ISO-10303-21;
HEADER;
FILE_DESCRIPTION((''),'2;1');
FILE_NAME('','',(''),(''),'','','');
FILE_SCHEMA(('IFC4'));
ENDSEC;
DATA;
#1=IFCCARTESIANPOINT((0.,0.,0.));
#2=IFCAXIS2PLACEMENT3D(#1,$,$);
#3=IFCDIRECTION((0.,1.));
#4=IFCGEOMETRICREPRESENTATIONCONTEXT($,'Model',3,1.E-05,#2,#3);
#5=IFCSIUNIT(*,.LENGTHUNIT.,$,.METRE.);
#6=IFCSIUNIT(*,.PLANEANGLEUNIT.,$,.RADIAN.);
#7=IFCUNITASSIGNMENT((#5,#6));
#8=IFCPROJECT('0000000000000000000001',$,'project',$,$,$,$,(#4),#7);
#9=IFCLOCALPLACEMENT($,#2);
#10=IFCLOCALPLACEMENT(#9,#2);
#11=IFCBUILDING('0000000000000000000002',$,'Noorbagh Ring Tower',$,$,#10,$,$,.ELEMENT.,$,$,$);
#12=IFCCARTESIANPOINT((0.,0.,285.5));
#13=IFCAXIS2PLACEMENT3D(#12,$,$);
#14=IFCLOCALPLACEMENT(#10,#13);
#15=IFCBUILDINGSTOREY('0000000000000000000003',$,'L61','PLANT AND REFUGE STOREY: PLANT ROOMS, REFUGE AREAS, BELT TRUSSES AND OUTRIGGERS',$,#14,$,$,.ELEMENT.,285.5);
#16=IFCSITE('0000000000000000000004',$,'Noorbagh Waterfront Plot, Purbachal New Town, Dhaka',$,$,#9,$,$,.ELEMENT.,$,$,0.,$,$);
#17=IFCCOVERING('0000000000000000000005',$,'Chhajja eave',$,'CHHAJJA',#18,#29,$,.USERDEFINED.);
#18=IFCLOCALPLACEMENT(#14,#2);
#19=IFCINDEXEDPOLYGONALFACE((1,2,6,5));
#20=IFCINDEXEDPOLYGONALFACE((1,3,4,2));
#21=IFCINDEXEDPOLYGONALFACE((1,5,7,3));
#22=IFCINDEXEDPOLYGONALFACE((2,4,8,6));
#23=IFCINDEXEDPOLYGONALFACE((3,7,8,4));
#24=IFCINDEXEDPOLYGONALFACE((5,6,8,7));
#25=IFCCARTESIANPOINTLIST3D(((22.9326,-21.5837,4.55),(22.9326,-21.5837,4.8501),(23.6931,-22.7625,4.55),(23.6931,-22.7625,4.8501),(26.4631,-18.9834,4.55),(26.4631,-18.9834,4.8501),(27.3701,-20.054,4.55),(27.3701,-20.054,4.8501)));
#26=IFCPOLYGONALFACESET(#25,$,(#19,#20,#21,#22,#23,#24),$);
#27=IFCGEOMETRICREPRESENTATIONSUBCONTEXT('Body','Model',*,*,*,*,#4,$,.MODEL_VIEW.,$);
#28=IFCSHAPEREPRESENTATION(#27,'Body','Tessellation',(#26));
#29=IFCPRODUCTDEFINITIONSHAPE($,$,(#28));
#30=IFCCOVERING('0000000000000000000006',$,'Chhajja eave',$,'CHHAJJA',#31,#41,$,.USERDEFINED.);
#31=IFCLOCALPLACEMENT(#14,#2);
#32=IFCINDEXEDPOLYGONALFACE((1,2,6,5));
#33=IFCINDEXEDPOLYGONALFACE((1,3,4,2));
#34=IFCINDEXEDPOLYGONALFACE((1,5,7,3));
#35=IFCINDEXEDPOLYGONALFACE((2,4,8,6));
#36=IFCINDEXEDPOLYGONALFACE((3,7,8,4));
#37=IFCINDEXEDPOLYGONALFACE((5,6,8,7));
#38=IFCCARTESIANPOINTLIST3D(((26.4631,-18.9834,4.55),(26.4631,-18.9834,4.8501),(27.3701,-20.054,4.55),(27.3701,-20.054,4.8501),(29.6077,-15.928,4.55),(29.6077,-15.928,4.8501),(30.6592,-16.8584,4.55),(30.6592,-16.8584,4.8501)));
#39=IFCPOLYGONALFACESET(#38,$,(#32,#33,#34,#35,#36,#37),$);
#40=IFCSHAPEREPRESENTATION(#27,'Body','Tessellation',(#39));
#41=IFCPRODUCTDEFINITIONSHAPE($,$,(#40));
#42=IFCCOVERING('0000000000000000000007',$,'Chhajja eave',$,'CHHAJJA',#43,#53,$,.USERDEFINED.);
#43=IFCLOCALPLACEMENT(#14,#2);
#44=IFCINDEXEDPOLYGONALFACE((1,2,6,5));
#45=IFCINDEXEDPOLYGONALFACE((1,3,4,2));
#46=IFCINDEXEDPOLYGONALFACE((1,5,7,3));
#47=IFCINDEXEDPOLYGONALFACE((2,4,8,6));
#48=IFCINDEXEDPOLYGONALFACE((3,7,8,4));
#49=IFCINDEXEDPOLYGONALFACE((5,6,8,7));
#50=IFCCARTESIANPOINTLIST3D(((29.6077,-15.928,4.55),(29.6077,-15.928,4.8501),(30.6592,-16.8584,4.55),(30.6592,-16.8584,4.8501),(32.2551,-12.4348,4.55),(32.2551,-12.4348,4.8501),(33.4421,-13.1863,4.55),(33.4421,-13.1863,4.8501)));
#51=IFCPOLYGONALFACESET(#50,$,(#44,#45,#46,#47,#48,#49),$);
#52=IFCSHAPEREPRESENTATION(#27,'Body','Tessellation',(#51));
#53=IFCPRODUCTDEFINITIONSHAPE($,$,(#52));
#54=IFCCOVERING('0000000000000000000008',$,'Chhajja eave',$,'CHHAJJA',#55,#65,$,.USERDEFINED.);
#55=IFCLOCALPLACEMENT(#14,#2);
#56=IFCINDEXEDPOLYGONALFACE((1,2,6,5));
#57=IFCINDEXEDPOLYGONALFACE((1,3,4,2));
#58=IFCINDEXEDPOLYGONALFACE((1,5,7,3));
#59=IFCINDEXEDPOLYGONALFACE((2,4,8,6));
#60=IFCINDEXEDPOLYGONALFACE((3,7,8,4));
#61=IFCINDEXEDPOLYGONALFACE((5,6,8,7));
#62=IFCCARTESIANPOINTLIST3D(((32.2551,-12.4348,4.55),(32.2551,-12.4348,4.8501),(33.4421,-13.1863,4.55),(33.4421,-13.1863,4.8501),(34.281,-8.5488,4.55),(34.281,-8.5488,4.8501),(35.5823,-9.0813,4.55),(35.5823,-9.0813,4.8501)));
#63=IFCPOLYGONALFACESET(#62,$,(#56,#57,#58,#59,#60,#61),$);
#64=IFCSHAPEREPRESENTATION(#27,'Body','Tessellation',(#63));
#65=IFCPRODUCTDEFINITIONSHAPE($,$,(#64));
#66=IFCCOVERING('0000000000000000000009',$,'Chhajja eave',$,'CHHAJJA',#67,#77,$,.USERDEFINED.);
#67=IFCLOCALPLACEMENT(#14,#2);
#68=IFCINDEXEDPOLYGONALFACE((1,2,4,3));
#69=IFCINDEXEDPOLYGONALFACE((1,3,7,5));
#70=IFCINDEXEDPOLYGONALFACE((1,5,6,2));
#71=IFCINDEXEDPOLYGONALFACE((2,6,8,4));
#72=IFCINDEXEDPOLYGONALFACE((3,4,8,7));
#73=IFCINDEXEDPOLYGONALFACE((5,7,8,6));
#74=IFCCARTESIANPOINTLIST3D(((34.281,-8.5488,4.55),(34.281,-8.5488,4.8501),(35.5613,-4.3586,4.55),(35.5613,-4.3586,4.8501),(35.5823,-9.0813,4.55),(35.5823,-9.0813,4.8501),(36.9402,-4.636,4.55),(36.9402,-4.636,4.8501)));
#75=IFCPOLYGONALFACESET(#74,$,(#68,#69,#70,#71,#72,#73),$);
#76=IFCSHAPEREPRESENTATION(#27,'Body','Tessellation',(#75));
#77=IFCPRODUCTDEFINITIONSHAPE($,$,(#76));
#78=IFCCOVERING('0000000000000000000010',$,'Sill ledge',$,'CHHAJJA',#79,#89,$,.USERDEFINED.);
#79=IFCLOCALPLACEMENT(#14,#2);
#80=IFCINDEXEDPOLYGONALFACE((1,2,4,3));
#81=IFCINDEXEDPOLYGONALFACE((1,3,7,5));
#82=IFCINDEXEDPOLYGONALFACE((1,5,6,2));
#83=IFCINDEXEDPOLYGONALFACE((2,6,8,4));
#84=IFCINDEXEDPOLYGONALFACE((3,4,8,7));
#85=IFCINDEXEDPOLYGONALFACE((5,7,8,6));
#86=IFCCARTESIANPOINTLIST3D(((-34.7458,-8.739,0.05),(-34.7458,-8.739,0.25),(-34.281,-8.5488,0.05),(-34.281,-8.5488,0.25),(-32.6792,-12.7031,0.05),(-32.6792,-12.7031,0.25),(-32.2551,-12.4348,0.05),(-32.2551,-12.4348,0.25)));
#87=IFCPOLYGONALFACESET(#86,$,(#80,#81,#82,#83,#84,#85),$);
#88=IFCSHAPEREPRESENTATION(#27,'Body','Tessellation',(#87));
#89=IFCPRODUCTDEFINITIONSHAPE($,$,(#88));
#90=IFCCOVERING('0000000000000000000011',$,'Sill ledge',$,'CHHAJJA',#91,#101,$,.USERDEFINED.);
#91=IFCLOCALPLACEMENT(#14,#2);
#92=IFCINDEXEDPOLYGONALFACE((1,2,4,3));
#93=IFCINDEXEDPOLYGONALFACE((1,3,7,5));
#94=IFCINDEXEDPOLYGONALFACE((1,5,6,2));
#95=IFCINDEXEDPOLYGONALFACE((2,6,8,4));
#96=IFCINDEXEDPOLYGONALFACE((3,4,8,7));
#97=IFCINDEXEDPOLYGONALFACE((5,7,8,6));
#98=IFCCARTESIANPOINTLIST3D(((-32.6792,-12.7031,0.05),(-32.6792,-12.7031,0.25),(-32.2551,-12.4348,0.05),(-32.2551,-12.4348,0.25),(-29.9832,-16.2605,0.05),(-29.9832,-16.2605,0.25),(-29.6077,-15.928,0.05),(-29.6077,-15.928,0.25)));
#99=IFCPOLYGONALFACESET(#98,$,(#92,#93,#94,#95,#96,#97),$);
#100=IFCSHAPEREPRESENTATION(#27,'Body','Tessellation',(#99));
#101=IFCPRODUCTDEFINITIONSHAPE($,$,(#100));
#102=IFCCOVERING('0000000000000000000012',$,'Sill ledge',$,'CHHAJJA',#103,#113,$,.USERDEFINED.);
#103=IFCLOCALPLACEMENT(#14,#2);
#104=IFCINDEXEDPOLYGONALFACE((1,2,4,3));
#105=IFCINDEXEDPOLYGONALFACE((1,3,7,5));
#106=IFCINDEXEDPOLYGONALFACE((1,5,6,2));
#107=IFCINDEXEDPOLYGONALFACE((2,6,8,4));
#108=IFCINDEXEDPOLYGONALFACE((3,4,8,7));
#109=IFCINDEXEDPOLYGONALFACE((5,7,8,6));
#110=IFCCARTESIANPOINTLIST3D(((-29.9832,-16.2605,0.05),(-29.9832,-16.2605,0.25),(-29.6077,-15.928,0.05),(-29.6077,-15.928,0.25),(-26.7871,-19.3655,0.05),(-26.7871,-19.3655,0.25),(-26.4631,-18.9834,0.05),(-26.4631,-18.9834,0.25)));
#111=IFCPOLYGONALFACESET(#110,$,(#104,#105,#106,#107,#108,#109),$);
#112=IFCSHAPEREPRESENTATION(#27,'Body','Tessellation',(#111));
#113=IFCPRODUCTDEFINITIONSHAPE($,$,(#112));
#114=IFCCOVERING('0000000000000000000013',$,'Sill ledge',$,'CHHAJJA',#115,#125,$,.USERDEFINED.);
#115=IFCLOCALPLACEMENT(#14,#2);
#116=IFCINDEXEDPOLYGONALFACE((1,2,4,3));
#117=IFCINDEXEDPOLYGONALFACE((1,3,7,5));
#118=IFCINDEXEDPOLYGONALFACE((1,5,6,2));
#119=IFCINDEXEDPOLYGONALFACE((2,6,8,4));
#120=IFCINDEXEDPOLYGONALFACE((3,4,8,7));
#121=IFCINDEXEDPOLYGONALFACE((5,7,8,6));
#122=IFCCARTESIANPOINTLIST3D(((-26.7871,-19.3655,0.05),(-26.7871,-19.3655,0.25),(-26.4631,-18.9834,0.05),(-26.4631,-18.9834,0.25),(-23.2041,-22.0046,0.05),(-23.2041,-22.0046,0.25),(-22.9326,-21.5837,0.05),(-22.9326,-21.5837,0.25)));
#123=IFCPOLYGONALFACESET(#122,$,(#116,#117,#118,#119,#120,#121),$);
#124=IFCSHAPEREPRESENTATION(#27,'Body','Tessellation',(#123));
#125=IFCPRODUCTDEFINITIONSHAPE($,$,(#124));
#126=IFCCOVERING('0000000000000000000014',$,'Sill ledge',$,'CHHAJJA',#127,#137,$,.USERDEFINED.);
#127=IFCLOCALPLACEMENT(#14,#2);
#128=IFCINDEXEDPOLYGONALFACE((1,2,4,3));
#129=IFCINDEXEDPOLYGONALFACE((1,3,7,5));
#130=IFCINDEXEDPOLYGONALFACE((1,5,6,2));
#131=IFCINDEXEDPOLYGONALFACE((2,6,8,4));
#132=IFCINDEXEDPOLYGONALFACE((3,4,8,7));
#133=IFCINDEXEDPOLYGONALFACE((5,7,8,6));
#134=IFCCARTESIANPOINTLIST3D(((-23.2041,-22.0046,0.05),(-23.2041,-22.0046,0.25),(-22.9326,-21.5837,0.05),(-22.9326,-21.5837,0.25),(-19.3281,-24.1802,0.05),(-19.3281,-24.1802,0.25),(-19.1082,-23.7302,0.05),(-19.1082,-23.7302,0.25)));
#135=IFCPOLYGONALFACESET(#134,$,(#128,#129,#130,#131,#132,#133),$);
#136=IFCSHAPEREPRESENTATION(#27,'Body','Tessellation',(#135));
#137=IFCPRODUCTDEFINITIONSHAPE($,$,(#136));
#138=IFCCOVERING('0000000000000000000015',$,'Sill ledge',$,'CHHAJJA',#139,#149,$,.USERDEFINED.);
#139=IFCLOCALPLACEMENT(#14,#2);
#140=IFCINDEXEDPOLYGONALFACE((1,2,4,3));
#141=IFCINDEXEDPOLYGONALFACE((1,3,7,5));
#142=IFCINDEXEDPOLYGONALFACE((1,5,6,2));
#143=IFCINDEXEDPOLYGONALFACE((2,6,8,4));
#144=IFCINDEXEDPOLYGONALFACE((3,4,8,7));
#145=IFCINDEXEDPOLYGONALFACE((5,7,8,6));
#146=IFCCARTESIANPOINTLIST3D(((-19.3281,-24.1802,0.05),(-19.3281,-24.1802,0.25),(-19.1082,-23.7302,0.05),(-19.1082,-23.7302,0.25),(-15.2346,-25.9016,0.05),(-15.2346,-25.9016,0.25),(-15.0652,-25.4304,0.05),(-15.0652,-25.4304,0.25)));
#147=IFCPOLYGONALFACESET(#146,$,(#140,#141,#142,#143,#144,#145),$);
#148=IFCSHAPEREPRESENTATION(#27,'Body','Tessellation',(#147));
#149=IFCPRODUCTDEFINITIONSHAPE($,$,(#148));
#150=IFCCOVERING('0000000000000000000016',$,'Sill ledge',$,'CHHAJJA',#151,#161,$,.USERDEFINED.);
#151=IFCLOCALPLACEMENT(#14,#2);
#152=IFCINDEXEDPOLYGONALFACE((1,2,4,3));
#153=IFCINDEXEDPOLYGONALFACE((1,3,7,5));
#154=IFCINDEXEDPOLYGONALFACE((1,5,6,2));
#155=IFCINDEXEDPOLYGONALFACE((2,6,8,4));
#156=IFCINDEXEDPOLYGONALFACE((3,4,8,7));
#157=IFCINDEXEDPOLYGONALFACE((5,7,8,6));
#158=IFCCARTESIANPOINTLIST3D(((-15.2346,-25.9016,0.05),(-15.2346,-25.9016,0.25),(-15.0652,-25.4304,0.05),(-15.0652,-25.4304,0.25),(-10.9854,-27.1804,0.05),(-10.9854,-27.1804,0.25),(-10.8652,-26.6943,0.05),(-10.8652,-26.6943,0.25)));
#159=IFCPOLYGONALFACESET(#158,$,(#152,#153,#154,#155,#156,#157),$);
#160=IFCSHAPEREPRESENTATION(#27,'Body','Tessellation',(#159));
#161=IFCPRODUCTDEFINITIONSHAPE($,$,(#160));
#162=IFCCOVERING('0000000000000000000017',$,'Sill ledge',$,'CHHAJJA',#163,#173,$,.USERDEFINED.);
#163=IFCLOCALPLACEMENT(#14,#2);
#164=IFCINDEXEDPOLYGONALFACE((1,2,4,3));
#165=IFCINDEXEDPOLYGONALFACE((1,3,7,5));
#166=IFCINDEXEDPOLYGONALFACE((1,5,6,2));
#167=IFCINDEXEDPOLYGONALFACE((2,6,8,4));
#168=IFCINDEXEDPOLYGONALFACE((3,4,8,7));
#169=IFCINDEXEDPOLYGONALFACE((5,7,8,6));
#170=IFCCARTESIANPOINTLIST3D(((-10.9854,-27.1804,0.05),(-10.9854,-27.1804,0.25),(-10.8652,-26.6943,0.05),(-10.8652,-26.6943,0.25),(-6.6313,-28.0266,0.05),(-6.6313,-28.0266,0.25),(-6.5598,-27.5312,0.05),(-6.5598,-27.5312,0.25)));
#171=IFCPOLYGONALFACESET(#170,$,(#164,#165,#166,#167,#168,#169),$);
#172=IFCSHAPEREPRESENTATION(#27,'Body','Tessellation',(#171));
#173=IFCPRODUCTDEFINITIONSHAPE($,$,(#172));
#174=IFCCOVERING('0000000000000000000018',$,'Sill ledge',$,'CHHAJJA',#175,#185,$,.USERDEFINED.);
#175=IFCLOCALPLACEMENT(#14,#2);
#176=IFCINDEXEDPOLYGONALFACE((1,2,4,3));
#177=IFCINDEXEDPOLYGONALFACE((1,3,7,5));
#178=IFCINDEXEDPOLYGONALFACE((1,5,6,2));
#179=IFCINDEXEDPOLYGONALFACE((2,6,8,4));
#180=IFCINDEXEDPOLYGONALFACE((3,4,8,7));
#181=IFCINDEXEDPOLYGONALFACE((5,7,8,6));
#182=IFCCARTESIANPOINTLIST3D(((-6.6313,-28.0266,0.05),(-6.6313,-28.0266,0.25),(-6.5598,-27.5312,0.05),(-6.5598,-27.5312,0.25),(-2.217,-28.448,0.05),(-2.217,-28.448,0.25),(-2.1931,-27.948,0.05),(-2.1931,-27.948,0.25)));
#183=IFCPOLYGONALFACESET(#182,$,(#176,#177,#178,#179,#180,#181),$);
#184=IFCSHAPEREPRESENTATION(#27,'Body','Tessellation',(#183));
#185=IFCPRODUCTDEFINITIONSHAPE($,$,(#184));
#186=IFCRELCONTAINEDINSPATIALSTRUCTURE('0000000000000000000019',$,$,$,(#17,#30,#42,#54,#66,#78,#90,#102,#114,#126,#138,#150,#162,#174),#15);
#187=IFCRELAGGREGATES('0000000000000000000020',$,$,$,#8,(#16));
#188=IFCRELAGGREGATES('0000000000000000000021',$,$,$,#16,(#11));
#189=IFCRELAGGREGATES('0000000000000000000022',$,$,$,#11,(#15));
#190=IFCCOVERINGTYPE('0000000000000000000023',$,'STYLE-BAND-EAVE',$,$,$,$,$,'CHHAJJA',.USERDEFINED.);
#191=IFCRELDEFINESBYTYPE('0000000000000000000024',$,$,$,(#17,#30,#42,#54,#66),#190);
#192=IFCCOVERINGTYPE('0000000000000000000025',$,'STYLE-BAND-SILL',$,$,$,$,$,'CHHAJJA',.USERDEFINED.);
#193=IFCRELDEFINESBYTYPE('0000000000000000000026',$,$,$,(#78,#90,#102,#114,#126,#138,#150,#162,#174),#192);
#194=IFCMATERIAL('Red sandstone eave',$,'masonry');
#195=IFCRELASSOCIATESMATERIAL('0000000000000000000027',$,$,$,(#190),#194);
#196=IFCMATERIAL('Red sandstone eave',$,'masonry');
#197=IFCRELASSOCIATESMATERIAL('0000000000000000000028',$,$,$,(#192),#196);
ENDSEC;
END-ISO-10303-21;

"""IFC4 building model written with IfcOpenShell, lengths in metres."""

from ifc_helpers import new_model, si_unit, direction, frame, origin, place, context, subcontext, project, spatial, polyline, outline, extrude, material, type_object, element, save


model = new_model("IFC4")

# Units and contexts
model_context = context("Model", 3, precision=1e-05, world=origin(), true_north=direction((0.0, 1.0)))
body_context = subcontext(model_context, "Body", "Model", "MODEL_VIEW")
ifc_project = project(units=[si_unit("LENGTHUNIT", "METRE"), si_unit("PLANEANGLEUNIT", "RADIAN")], contexts=[model_context])

# Site, building, storey
site_placement = place(None, origin())
site = spatial("IfcSite", under=ifc_project, at=site_placement, Name="Noorbagh Waterfront Plot, Purbachal New Town, Dhaka", CompositionType="ELEMENT", RefElevation=0.0)
building_placement = place(site_placement, origin())
building = spatial("IfcBuilding", under=site, at=building_placement, Name="Noorbagh Ring Tower", CompositionType="ELEMENT")
storey_placement = place(building_placement, frame((0.0, 0.0, 285.5)))
storey = spatial("IfcBuildingStorey", under=building, at=storey_placement, Name="L61", Description="PLANT AND REFUGE STOREY: PLANT ROOMS, REFUGE AREAS, BELT TRUSSES AND OUTRIGGERS", CompositionType="ELEMENT", Elevation=285.5)

# Coverings
ifc_material_1 = material(Name="Red sandstone eave", Category="masonry")
covering_type_1 = type_object("IfcCoveringType", Name="STYLE-BAND-EAVE", ElementType="CHHAJJA", PredefinedType="USERDEFINED", material=ifc_material_1)
covering_1_placement = place(storey_placement, frame((0.0, 0.0, 4.55)))
element("IfcCovering", 1, at=covering_1_placement, inside=storey, type_object=covering_type_1, Name="Chhajja eave", ObjectType="CHHAJJA", PredefinedType="USERDEFINED", context=body_context, shape_type="SweptSolid", body=[
    extrude(outline(polyline([(22.9326, -21.5837), (26.4631, -18.9834), (27.3701, -20.054), (23.6931, -22.7625), (22.9326, -21.5837)])), origin(), (0.0, 0.0, 1.0), 0.3),
])
covering_2_placement = place(storey_placement, frame((0.0, 0.0, 4.55)))
element("IfcCovering", 2, at=covering_2_placement, inside=storey, type_object=covering_type_1, Name="Chhajja eave", ObjectType="CHHAJJA", PredefinedType="USERDEFINED", context=body_context, shape_type="SweptSolid", body=[
    extrude(outline(polyline([(26.4631, -18.9834), (29.6077, -15.928), (30.6592, -16.8584), (27.3701, -20.054), (26.4631, -18.9834)])), origin(), (0.0, 0.0, 1.0), 0.3),
])
covering_3_placement = place(storey_placement, frame((0.0, 0.0, 4.55)))
element("IfcCovering", 3, at=covering_3_placement, inside=storey, type_object=covering_type_1, Name="Chhajja eave", ObjectType="CHHAJJA", PredefinedType="USERDEFINED", context=body_context, shape_type="SweptSolid", body=[
    extrude(outline(polyline([(29.6077, -15.928), (32.2551, -12.4348), (33.4421, -13.1863), (30.6592, -16.8584), (29.6077, -15.928)])), origin(), (0.0, 0.0, 1.0), 0.3),
])
covering_4_placement = place(storey_placement, frame((0.0, 0.0, 4.55)))
element("IfcCovering", 4, at=covering_4_placement, inside=storey, type_object=covering_type_1, Name="Chhajja eave", ObjectType="CHHAJJA", PredefinedType="USERDEFINED", context=body_context, shape_type="SweptSolid", body=[
    extrude(outline(polyline([(32.2551, -12.4348), (34.281, -8.5488), (35.5823, -9.0813), (33.4421, -13.1863), (32.2551, -12.4348)])), origin(), (0.0, 0.0, 1.0), 0.3),
])
covering_5_placement = place(storey_placement, frame((0.0, 0.0, 4.55)))
element("IfcCovering", 5, at=covering_5_placement, inside=storey, type_object=covering_type_1, Name="Chhajja eave", ObjectType="CHHAJJA", PredefinedType="USERDEFINED", context=body_context, shape_type="SweptSolid", body=[
    extrude(outline(polyline([(34.281, -8.5488), (35.5613, -4.3586), (36.9402, -4.636), (35.5823, -9.0813), (34.281, -8.5488)])), origin(), (0.0, 0.0, 1.0), 0.3),
])
ifc_material_2 = material(Name="Red sandstone eave", Category="masonry")
covering_type_2 = type_object("IfcCoveringType", Name="STYLE-BAND-SILL", ElementType="CHHAJJA", PredefinedType="USERDEFINED", material=ifc_material_2)
covering_6_placement = place(storey_placement, frame((0.0, 0.0, 0.05)))
element("IfcCovering", 6, at=covering_6_placement, inside=storey, type_object=covering_type_2, Name="Sill ledge", ObjectType="CHHAJJA", PredefinedType="USERDEFINED", context=body_context, shape_type="SweptSolid", body=[
    extrude(outline(polyline([(-34.281, -8.5488), (-32.2551, -12.4348), (-32.6792, -12.7031), (-34.7458, -8.739), (-34.281, -8.5488)])), origin(), (0.0, 0.0, 1.0), 0.2),
])
covering_7_placement = place(storey_placement, frame((0.0, 0.0, 0.05)))
element("IfcCovering", 7, at=covering_7_placement, inside=storey, type_object=covering_type_2, Name="Sill ledge", ObjectType="CHHAJJA", PredefinedType="USERDEFINED", context=body_context, shape_type="SweptSolid", body=[
    extrude(outline(polyline([(-32.2551, -12.4348), (-29.6077, -15.928), (-29.9832, -16.2605), (-32.6792, -12.7031), (-32.2551, -12.4348)])), origin(), (0.0, 0.0, 1.0), 0.2),
])
covering_8_placement = place(storey_placement, frame((0.0, 0.0, 0.05)))
element("IfcCovering", 8, at=covering_8_placement, inside=storey, type_object=covering_type_2, Name="Sill ledge", ObjectType="CHHAJJA", PredefinedType="USERDEFINED", context=body_context, shape_type="SweptSolid", body=[
    extrude(outline(polyline([(-29.6077, -15.928), (-26.4631, -18.9834), (-26.7871, -19.3655), (-29.9832, -16.2605), (-29.6077, -15.928)])), origin(), (0.0, 0.0, 1.0), 0.2),
])
covering_9_placement = place(storey_placement, frame((0.0, 0.0, 0.05)))
element("IfcCovering", 9, at=covering_9_placement, inside=storey, type_object=covering_type_2, Name="Sill ledge", ObjectType="CHHAJJA", PredefinedType="USERDEFINED", context=body_context, shape_type="SweptSolid", body=[
    extrude(outline(polyline([(-26.4631, -18.9834), (-22.9326, -21.5837), (-23.2041, -22.0046), (-26.7871, -19.3655), (-26.4631, -18.9834)])), origin(), (0.0, 0.0, 1.0), 0.2),
])
covering_10_placement = place(storey_placement, frame((0.0, 0.0, 0.05)))
element("IfcCovering", 10, at=covering_10_placement, inside=storey, type_object=covering_type_2, Name="Sill ledge", ObjectType="CHHAJJA", PredefinedType="USERDEFINED", context=body_context, shape_type="SweptSolid", body=[
    extrude(outline(polyline([(-22.9326, -21.5837), (-19.1082, -23.7302), (-19.3281, -24.1802), (-23.2041, -22.0046), (-22.9326, -21.5837)])), origin(), (0.0, 0.0, 1.0), 0.2),
])
covering_11_placement = place(storey_placement, frame((0.0, 0.0, 0.05)))
element("IfcCovering", 11, at=covering_11_placement, inside=storey, type_object=covering_type_2, Name="Sill ledge", ObjectType="CHHAJJA", PredefinedType="USERDEFINED", context=body_context, shape_type="SweptSolid", body=[
    extrude(outline(polyline([(-19.1082, -23.7302), (-15.0652, -25.4304), (-15.2346, -25.9016), (-19.3281, -24.1802), (-19.1082, -23.7302)])), origin(), (0.0, 0.0, 1.0), 0.2),
])
covering_12_placement = place(storey_placement, frame((0.0, 0.0, 0.05)))
element("IfcCovering", 12, at=covering_12_placement, inside=storey, type_object=covering_type_2, Name="Sill ledge", ObjectType="CHHAJJA", PredefinedType="USERDEFINED", context=body_context, shape_type="SweptSolid", body=[
    extrude(outline(polyline([(-15.0652, -25.4304), (-10.8652, -26.6943), (-10.9854, -27.1804), (-15.2346, -25.9016), (-15.0652, -25.4304)])), origin(), (0.0, 0.0, 1.0), 0.2),
])
covering_13_placement = place(storey_placement, frame((0.0, 0.0, 0.05)))
element("IfcCovering", 13, at=covering_13_placement, inside=storey, type_object=covering_type_2, Name="Sill ledge", ObjectType="CHHAJJA", PredefinedType="USERDEFINED", context=body_context, shape_type="SweptSolid", body=[
    extrude(outline(polyline([(-10.8652, -26.6943), (-6.5598, -27.5312), (-6.6313, -28.0266), (-10.9854, -27.1804), (-10.8652, -26.6943)])), origin(), (0.0, 0.0, 1.0), 0.2),
])
covering_14_placement = place(storey_placement, frame((0.0, 0.0, 0.05)))
element("IfcCovering", 14, at=covering_14_placement, inside=storey, type_object=covering_type_2, Name="Sill ledge", ObjectType="CHHAJJA", PredefinedType="USERDEFINED", context=body_context, shape_type="SweptSolid", body=[
    extrude(outline(polyline([(-6.5598, -27.5312), (-2.1931, -27.948), (-2.217, -28.448), (-6.6313, -28.0266), (-6.5598, -27.5312)])), origin(), (0.0, 0.0, 1.0), 0.2),
])

save(model, "model.ifc")
